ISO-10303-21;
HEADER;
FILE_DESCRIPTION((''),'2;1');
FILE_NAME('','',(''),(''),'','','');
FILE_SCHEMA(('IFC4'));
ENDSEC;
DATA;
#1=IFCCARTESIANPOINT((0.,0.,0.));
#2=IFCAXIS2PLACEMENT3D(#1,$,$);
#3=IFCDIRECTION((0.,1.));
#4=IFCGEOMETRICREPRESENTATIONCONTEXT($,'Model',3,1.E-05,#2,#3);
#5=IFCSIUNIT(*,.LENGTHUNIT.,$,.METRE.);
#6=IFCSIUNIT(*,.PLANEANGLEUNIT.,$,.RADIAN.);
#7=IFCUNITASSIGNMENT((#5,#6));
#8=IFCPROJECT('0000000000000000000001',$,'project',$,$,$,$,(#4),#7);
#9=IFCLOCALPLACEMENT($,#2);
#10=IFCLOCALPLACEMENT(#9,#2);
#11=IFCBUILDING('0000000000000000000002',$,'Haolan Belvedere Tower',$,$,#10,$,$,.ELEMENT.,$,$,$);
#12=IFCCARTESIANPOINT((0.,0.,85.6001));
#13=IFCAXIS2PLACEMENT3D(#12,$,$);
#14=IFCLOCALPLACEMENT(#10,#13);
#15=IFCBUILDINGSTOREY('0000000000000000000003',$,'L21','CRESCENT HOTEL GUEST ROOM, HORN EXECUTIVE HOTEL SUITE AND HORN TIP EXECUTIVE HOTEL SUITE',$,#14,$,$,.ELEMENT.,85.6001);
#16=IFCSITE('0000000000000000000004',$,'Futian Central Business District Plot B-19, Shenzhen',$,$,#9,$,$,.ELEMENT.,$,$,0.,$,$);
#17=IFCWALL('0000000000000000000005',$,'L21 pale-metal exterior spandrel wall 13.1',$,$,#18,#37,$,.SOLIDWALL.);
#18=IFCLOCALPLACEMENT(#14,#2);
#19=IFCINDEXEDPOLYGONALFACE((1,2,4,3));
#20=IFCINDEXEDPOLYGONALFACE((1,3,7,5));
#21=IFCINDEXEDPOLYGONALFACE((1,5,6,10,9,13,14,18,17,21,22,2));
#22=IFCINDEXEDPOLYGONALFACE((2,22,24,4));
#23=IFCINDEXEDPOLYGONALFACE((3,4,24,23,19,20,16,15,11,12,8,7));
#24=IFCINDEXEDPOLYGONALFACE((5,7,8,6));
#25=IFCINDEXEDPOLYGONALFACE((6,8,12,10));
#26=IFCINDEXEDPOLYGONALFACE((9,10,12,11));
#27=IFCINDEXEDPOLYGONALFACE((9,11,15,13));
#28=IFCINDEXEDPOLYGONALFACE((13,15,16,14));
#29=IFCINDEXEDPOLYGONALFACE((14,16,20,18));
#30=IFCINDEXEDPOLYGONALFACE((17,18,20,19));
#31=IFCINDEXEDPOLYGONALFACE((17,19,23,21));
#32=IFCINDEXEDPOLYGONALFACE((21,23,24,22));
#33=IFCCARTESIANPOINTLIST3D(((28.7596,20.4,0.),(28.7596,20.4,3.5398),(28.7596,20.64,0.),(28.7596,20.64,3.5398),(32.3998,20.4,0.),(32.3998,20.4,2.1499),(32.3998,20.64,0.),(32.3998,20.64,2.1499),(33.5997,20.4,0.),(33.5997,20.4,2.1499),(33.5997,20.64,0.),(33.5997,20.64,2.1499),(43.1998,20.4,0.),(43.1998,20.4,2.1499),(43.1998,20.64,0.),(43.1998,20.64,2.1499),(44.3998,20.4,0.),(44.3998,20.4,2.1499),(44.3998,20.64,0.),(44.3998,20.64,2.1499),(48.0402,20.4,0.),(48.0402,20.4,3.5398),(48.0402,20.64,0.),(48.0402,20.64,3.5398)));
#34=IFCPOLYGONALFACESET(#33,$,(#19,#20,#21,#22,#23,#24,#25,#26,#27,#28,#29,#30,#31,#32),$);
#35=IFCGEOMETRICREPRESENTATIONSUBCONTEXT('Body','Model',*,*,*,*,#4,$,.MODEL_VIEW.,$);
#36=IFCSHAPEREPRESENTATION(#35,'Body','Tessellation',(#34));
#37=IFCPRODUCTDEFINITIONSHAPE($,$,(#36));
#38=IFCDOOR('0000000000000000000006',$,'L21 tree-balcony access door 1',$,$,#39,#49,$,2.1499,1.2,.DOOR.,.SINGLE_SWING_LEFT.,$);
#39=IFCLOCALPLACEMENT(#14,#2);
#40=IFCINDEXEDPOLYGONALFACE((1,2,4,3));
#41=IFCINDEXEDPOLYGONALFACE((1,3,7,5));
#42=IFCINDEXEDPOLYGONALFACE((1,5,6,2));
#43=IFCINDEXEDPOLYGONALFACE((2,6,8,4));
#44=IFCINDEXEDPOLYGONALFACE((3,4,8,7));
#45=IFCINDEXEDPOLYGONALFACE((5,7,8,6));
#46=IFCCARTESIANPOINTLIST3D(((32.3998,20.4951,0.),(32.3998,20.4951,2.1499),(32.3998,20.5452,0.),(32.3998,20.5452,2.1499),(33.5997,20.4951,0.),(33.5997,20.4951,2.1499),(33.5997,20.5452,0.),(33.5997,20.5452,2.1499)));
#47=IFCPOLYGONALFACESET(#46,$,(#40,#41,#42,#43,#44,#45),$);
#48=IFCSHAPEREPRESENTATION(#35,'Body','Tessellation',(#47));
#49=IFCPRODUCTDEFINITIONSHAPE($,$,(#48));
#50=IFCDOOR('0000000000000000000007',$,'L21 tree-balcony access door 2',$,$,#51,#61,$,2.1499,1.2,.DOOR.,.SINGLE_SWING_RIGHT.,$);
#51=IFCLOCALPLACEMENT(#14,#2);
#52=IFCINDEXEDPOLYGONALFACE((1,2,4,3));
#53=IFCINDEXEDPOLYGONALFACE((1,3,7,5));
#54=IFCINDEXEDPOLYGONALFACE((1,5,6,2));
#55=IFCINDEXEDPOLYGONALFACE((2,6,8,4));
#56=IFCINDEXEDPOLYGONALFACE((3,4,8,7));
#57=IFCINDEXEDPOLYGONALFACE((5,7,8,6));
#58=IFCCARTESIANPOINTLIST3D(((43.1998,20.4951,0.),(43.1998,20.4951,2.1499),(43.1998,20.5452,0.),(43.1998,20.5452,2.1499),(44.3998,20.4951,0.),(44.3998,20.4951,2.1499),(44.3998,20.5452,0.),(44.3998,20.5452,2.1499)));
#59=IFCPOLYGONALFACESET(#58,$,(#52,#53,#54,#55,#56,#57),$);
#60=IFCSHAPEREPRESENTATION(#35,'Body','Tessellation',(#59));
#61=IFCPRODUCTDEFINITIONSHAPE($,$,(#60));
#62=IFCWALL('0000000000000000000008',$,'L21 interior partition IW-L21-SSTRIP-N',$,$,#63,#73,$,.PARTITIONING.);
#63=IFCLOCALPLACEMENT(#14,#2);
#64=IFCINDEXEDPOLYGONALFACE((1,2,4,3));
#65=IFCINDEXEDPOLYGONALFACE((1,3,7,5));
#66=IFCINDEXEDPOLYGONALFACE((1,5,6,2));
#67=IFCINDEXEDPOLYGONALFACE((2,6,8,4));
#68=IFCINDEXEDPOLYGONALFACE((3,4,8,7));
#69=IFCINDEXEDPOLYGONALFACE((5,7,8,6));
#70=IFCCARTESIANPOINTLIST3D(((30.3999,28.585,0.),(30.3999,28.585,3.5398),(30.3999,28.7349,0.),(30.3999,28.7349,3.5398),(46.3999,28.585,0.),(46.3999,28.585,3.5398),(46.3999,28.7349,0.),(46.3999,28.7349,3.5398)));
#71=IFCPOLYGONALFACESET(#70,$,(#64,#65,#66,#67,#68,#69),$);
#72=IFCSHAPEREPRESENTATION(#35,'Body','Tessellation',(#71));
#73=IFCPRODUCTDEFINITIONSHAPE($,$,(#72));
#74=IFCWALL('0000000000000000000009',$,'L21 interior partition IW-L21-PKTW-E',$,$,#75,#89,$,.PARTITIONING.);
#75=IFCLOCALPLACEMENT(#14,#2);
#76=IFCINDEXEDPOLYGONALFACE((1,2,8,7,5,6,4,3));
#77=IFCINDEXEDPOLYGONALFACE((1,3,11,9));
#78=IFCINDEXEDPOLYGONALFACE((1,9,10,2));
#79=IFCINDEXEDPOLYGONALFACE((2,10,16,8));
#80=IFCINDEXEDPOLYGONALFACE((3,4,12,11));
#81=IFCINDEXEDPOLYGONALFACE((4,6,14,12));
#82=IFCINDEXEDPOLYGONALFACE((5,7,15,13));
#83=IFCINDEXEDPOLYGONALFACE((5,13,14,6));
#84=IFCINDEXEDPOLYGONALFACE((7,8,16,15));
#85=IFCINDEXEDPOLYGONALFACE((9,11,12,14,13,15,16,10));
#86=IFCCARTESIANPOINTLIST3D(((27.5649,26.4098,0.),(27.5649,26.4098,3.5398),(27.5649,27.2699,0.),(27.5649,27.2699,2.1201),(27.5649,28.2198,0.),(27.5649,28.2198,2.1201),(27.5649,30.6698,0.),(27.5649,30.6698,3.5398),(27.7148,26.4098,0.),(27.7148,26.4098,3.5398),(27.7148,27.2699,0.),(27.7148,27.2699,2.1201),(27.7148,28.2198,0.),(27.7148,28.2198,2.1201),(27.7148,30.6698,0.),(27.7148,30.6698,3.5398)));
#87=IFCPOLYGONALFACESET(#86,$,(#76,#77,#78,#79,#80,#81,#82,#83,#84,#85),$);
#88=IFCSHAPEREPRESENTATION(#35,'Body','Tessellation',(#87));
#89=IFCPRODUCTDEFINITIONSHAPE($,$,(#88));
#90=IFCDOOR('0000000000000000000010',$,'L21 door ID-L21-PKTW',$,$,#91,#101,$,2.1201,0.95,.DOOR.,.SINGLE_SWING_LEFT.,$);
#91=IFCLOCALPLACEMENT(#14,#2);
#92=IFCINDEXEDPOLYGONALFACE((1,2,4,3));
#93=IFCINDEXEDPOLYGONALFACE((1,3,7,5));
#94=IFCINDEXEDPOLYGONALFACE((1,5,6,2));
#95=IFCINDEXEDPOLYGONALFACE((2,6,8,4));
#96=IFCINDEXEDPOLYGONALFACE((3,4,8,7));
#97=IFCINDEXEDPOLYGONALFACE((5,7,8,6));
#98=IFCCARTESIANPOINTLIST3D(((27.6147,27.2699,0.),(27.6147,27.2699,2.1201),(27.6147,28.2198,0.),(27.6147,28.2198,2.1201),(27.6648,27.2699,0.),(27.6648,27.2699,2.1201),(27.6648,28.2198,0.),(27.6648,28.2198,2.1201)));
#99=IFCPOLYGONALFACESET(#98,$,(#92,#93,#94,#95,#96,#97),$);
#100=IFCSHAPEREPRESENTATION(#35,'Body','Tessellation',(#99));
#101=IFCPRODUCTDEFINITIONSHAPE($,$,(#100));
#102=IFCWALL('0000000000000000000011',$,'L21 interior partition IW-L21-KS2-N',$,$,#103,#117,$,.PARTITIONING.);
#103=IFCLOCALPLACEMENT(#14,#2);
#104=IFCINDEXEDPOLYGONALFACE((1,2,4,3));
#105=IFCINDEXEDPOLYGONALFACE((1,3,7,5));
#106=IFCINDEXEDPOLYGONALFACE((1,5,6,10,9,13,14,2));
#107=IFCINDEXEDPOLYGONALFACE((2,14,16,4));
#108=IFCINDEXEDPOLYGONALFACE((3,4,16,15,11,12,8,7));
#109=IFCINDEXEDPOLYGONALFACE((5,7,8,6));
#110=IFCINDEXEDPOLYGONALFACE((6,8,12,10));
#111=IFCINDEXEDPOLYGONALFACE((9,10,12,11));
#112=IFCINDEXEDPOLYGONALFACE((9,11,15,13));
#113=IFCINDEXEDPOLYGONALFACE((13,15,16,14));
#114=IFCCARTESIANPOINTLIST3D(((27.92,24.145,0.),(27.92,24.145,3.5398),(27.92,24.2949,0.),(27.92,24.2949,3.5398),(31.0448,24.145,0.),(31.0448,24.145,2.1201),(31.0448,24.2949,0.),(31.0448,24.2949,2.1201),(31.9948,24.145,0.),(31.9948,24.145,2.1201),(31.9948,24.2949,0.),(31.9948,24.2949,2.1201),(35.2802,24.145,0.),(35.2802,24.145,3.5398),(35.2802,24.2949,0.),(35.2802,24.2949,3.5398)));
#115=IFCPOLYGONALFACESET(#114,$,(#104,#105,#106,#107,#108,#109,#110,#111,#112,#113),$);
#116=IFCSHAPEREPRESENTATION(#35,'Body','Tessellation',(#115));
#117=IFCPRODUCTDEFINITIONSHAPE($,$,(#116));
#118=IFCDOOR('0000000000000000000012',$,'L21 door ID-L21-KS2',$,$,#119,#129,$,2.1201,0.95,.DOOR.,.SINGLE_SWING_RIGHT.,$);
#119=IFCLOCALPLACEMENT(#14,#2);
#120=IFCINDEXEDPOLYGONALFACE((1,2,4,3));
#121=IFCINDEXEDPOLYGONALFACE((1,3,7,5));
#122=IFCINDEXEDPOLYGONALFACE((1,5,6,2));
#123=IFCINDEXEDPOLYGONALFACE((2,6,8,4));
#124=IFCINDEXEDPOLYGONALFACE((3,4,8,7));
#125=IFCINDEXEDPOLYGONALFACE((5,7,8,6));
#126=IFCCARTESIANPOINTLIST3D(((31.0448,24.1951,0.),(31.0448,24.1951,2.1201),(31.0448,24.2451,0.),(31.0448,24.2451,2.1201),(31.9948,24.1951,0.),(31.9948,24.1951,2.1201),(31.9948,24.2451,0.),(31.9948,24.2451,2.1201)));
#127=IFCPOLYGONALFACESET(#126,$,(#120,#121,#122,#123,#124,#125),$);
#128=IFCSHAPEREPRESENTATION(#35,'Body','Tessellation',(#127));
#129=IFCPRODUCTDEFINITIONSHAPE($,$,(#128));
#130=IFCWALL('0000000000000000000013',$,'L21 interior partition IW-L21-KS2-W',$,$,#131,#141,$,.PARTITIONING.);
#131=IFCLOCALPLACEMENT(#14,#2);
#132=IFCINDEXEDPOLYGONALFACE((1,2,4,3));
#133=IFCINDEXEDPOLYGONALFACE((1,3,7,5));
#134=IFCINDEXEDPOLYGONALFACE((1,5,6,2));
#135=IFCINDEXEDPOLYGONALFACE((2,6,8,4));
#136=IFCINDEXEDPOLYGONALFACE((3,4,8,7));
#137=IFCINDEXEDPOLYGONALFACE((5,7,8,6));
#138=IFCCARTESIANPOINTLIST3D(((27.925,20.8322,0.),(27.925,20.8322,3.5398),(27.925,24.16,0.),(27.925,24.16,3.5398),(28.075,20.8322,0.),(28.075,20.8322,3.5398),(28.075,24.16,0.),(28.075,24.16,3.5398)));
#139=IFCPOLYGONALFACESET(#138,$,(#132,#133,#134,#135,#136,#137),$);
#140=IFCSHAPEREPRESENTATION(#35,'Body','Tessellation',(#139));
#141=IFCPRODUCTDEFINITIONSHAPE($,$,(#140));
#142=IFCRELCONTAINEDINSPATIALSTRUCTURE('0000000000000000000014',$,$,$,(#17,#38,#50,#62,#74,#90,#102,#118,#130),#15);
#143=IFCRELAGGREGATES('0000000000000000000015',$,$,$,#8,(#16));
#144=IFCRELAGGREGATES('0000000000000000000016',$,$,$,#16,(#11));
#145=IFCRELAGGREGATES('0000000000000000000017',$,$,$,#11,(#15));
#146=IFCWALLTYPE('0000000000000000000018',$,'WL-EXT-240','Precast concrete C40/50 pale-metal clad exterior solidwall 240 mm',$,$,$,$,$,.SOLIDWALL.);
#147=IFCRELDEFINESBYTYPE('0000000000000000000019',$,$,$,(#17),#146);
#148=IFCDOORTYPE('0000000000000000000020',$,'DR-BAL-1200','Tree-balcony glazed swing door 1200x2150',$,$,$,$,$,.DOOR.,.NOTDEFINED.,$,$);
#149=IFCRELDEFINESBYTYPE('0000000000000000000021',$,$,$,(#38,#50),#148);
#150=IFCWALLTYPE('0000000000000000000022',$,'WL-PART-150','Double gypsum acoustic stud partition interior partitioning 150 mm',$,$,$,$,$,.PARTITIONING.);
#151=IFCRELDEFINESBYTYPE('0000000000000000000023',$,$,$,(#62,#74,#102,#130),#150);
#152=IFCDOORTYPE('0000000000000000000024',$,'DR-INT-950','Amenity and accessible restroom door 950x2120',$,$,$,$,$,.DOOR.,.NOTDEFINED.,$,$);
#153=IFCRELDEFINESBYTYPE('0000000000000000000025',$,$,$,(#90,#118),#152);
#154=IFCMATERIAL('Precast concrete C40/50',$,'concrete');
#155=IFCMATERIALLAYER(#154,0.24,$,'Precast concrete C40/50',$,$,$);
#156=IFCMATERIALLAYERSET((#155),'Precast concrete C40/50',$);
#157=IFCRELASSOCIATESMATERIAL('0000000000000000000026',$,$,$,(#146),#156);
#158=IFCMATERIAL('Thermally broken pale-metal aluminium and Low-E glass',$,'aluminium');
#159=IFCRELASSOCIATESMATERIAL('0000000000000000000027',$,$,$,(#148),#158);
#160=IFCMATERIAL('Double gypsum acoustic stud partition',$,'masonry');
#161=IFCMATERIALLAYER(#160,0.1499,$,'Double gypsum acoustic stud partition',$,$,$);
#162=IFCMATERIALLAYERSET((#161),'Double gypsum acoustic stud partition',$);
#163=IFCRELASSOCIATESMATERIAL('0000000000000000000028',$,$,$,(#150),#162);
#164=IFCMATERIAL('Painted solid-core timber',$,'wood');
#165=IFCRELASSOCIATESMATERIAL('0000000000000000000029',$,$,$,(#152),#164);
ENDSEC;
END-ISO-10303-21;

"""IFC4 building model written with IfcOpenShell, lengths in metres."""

from ifc_helpers import new_model, si_unit, direction, frame, frame_2d, origin, place, context, subcontext, project, spatial, rectangle, extrude, material, layer, layer_set, type_object, element, fill, save


model = new_model("IFC4")

# Units and contexts
model_context = context("Model", 3, precision=1e-05, world=origin(), true_north=direction((0.0, 1.0)))
body_context = subcontext(model_context, "Body", "Model", "MODEL_VIEW")
ifc_project = project(units=[si_unit("LENGTHUNIT", "METRE"), si_unit("PLANEANGLEUNIT", "RADIAN")], contexts=[model_context])

# Site, building, storey
site_placement = place(None, origin())
site = spatial("IfcSite", under=ifc_project, at=site_placement, Name="Futian Central Business District Plot B-19, Shenzhen", CompositionType="ELEMENT", RefElevation=0.0)
building_placement = place(site_placement, origin())
building = spatial("IfcBuilding", under=site, at=building_placement, Name="Haolan Belvedere Tower", CompositionType="ELEMENT")
storey_placement = place(building_placement, frame((0.0, 0.0, 85.6001)))
storey = spatial("IfcBuildingStorey", under=building, at=storey_placement, Name="L21", Description="CRESCENT HOTEL GUEST ROOM, HORN EXECUTIVE HOTEL SUITE AND HORN TIP EXECUTIVE HOTEL SUITE", CompositionType="ELEMENT", Elevation=85.6001)

# Shared definitions
ifc_material_1 = material(Name="Precast concrete C40/50", Category="concrete")
ifc_layer_1 = layer(ifc_material_1, 0.24, Name="Precast concrete C40/50")
ifc_layer_set_1 = layer_set([ifc_layer_1], Name="Precast concrete C40/50")
wall_type_1 = type_object("IfcWallType", Name="WL-EXT-240", Description="Precast concrete C40/50 pale-metal clad exterior solidwall 240 mm", PredefinedType="SOLIDWALL", material=ifc_layer_set_1)

# Wall, openings, doors
wall_1_placement = place(storey_placement, frame((28.7598, 20.52, 0.0), z_axis=(0.0, 0.0, 1.0), x_axis=(1.0, 0.0, 0.0)))
wall_1 = element("IfcWall", 1, at=wall_1_placement, inside=storey, type_object=wall_type_1, Name="L21 pale-metal exterior spandrel wall 13.1", PredefinedType="SOLIDWALL", context=body_context, shape_type="SweptSolid", body=[
    extrude(rectangle(XDim=19.2805, YDim=0.24, at=frame_2d((9.6401, 0.0))), origin(), (0.0, 0.0, 1.0), 3.5398),
])
opening_1_placement = place(wall_1_placement, frame((4.8401, 0.0, 0.0), z_axis=(0.0, 0.0, 1.0), x_axis=(-1.0, 0.0, 0.0)))
opening_1 = element("IfcOpeningElement", 2, at=opening_1_placement, cuts=wall_1, PredefinedType="OPENING", context=body_context, shape_type="SweptSolid", body=[
    extrude(rectangle(XDim=1.2, YDim=2.1499, at=frame_2d((0.6001, 1.075))), frame((0.0, 0.1299, 0.0), z_axis=(0.0, -1.0, 0.0), x_axis=(1.0, 0.0, 0.0)), (0.0, 0.0, 1.0), 0.26),
])
opening_2_placement = place(wall_1_placement, frame((15.6401, 0.0, 0.0), z_axis=(0.0, 0.0, 1.0), x_axis=(-1.0, 0.0, 0.0)))
opening_2 = element("IfcOpeningElement", 3, at=opening_2_placement, cuts=wall_1, PredefinedType="OPENING", context=body_context, shape_type="SweptSolid", body=[
    extrude(rectangle(XDim=1.2, YDim=2.1499, at=frame_2d((0.6001, 1.075))), frame((0.0, 0.1299, 0.0), z_axis=(0.0, -1.0, 0.0), x_axis=(1.0, 0.0, 0.0)), (0.0, 0.0, 1.0), 0.26),
])
ifc_material_2 = material(Name="Thermally broken pale-metal aluminium and Low-E glass", Category="aluminium")
door_type_1 = type_object("IfcDoorType", Name="DR-BAL-1200", Description="Tree-balcony glazed swing door 1200x2150", OperationType="NOTDEFINED", PredefinedType="DOOR", material=ifc_material_2)
door_1_placement = place(opening_1_placement, origin())
door_1 = element("IfcDoor", 4, at=door_1_placement, inside=storey, type_object=door_type_1, Name="L21 tree-balcony access door 1", OperationType="SINGLE_SWING_LEFT", OverallHeight=2.1499, OverallWidth=1.2, PredefinedType="DOOR", context=body_context, shape_type="SweptSolid", body=[
    extrude(rectangle(XDim=1.2, YDim=2.1499, at=frame_2d((0.6001, 1.075))), frame((0.0, 0.0249, 0.0), z_axis=(0.0, -1.0, 0.0), x_axis=(1.0, 0.0, 0.0)), (0.0, 0.0, 1.0), 0.05),
])
fill(opening_1, door_1)
door_2_placement = place(opening_2_placement, origin())
door_2 = element("IfcDoor", 5, at=door_2_placement, inside=storey, type_object=door_type_1, Name="L21 tree-balcony access door 2", OperationType="SINGLE_SWING_RIGHT", OverallHeight=2.1499, OverallWidth=1.2, PredefinedType="DOOR", context=body_context, shape_type="SweptSolid", body=[
    extrude(rectangle(XDim=1.2, YDim=2.1499, at=frame_2d((0.6001, 1.075))), frame((0.0, 0.0249, 0.0), z_axis=(0.0, -1.0, 0.0), x_axis=(1.0, 0.0, 0.0)), (0.0, 0.0, 1.0), 0.05),
])
fill(opening_2, door_2)

# Wall
ifc_material_3 = material(Name="Double gypsum acoustic stud partition", Category="masonry")
ifc_layer_2 = layer(ifc_material_3, 0.1499, Name="Double gypsum acoustic stud partition")
ifc_layer_set_2 = layer_set([ifc_layer_2], Name="Double gypsum acoustic stud partition")
wall_type_2 = type_object("IfcWallType", Name="WL-PART-150", Description="Double gypsum acoustic stud partition interior partitioning 150 mm", PredefinedType="PARTITIONING", material=ifc_layer_set_2)
wall_2_placement = place(storey_placement, frame((30.3999, 28.6599, 0.0), z_axis=(0.0, 0.0, 1.0), x_axis=(1.0, 0.0, 0.0)))
element("IfcWall", 6, at=wall_2_placement, inside=storey, type_object=wall_type_2, Name="L21 interior partition IW-L21-SSTRIP-N", PredefinedType="PARTITIONING", context=body_context, shape_type="SweptSolid", body=[
    extrude(rectangle(XDim=16.0, YDim=0.1499, at=frame_2d((8.0, 0.0))), origin(), (0.0, 0.0, 1.0), 3.5398),
])

# Walls, openings, doors
wall_3_placement = place(storey_placement, frame((27.6399, 26.4099, 0.0), z_axis=(0.0, 0.0, 1.0), x_axis=(0.0, 1.0, 0.0)))
wall_3 = element("IfcWall", 7, at=wall_3_placement, inside=storey, type_object=wall_type_2, Name="L21 interior partition IW-L21-PKTW-E", PredefinedType="PARTITIONING", context=body_context, shape_type="SweptSolid", body=[
    extrude(rectangle(XDim=4.26, YDim=0.1499, at=frame_2d((2.1299, 0.0))), origin(), (0.0, 0.0, 1.0), 3.5398),
])
opening_3_placement = place(wall_3_placement, frame((1.8101, 0.0, 0.0), z_axis=(0.0, 0.0, 1.0), x_axis=(-1.0, 0.0, 0.0)))
opening_3 = element("IfcOpeningElement", 8, at=opening_3_placement, cuts=wall_3, PredefinedType="OPENING", context=body_context, shape_type="SweptSolid", body=[
    extrude(rectangle(XDim=0.95, YDim=2.1201, at=frame_2d((0.4751, 1.0601))), frame((0.0, 0.085, 0.0), z_axis=(0.0, -1.0, 0.0), x_axis=(1.0, 0.0, 0.0)), (0.0, 0.0, 1.0), 0.1699),
])
ifc_material_4 = material(Name="Painted solid-core timber", Category="wood")
door_type_2 = type_object("IfcDoorType", Name="DR-INT-950", Description="Amenity and accessible restroom door 950x2120", OperationType="NOTDEFINED", PredefinedType="DOOR", material=ifc_material_4)
door_3_placement = place(opening_3_placement, origin())
door_3 = element("IfcDoor", 9, at=door_3_placement, inside=storey, type_object=door_type_2, Name="L21 door ID-L21-PKTW", OperationType="SINGLE_SWING_LEFT", OverallHeight=2.1201, OverallWidth=0.95, PredefinedType="DOOR", context=body_context, shape_type="SweptSolid", body=[
    extrude(rectangle(XDim=0.95, YDim=2.1201, at=frame_2d((0.4751, 1.0601))), frame((0.0, 0.0249, 0.0), z_axis=(0.0, -1.0, 0.0), x_axis=(1.0, 0.0, 0.0)), (0.0, 0.0, 1.0), 0.05),
])
fill(opening_3, door_3)
wall_4_placement = place(storey_placement, frame((27.9199, 24.22, 0.0), z_axis=(0.0, 0.0, 1.0), x_axis=(1.0, 0.0, 0.0)))
wall_4 = element("IfcWall", 10, at=wall_4_placement, inside=storey, type_object=wall_type_2, Name="L21 interior partition IW-L21-KS2-N", PredefinedType="PARTITIONING", context=body_context, shape_type="SweptSolid", body=[
    extrude(rectangle(XDim=7.3601, YDim=0.1499, at=frame_2d((3.6802, 0.0))), origin(), (0.0, 0.0, 1.0), 3.5398),
])
opening_4_placement = place(wall_4_placement, frame((4.075, 0.0, 0.0), z_axis=(0.0, 0.0, 1.0), x_axis=(-1.0, 0.0, 0.0)))
opening_4 = element("IfcOpeningElement", 11, at=opening_4_placement, cuts=wall_4, PredefinedType="OPENING", context=body_context, shape_type="SweptSolid", body=[
    extrude(rectangle(XDim=0.95, YDim=2.1201, at=frame_2d((0.4751, 1.0601))), frame((0.0, 0.085, 0.0), z_axis=(0.0, -1.0, 0.0), x_axis=(1.0, 0.0, 0.0)), (0.0, 0.0, 1.0), 0.1699),
])
door_4_placement = place(opening_4_placement, origin())
door_4 = element("IfcDoor", 12, at=door_4_placement, inside=storey, type_object=door_type_2, Name="L21 door ID-L21-KS2", OperationType="SINGLE_SWING_RIGHT", OverallHeight=2.1201, OverallWidth=0.95, PredefinedType="DOOR", context=body_context, shape_type="SweptSolid", body=[
    extrude(rectangle(XDim=0.95, YDim=2.1201, at=frame_2d((0.4751, 1.0601))), frame((0.0, 0.0249, 0.0), z_axis=(0.0, -1.0, 0.0), x_axis=(1.0, 0.0, 0.0)), (0.0, 0.0, 1.0), 0.05),
])
fill(opening_4, door_4)

# Wall
wall_5_placement = place(storey_placement, frame((28.0, 20.832, 0.0), z_axis=(0.0, 0.0, 1.0), x_axis=(0.0, 1.0, 0.0)))
element("IfcWall", 13, at=wall_5_placement, inside=storey, type_object=wall_type_2, Name="L21 interior partition IW-L21-KS2-W", PredefinedType="PARTITIONING", context=body_context, shape_type="SweptSolid", body=[
    extrude(rectangle(XDim=3.3279, YDim=0.1499, at=frame_2d((1.6641, 0.0))), origin(), (0.0, 0.0, 1.0), 3.5398),
])

save(model, "model.ifc")
